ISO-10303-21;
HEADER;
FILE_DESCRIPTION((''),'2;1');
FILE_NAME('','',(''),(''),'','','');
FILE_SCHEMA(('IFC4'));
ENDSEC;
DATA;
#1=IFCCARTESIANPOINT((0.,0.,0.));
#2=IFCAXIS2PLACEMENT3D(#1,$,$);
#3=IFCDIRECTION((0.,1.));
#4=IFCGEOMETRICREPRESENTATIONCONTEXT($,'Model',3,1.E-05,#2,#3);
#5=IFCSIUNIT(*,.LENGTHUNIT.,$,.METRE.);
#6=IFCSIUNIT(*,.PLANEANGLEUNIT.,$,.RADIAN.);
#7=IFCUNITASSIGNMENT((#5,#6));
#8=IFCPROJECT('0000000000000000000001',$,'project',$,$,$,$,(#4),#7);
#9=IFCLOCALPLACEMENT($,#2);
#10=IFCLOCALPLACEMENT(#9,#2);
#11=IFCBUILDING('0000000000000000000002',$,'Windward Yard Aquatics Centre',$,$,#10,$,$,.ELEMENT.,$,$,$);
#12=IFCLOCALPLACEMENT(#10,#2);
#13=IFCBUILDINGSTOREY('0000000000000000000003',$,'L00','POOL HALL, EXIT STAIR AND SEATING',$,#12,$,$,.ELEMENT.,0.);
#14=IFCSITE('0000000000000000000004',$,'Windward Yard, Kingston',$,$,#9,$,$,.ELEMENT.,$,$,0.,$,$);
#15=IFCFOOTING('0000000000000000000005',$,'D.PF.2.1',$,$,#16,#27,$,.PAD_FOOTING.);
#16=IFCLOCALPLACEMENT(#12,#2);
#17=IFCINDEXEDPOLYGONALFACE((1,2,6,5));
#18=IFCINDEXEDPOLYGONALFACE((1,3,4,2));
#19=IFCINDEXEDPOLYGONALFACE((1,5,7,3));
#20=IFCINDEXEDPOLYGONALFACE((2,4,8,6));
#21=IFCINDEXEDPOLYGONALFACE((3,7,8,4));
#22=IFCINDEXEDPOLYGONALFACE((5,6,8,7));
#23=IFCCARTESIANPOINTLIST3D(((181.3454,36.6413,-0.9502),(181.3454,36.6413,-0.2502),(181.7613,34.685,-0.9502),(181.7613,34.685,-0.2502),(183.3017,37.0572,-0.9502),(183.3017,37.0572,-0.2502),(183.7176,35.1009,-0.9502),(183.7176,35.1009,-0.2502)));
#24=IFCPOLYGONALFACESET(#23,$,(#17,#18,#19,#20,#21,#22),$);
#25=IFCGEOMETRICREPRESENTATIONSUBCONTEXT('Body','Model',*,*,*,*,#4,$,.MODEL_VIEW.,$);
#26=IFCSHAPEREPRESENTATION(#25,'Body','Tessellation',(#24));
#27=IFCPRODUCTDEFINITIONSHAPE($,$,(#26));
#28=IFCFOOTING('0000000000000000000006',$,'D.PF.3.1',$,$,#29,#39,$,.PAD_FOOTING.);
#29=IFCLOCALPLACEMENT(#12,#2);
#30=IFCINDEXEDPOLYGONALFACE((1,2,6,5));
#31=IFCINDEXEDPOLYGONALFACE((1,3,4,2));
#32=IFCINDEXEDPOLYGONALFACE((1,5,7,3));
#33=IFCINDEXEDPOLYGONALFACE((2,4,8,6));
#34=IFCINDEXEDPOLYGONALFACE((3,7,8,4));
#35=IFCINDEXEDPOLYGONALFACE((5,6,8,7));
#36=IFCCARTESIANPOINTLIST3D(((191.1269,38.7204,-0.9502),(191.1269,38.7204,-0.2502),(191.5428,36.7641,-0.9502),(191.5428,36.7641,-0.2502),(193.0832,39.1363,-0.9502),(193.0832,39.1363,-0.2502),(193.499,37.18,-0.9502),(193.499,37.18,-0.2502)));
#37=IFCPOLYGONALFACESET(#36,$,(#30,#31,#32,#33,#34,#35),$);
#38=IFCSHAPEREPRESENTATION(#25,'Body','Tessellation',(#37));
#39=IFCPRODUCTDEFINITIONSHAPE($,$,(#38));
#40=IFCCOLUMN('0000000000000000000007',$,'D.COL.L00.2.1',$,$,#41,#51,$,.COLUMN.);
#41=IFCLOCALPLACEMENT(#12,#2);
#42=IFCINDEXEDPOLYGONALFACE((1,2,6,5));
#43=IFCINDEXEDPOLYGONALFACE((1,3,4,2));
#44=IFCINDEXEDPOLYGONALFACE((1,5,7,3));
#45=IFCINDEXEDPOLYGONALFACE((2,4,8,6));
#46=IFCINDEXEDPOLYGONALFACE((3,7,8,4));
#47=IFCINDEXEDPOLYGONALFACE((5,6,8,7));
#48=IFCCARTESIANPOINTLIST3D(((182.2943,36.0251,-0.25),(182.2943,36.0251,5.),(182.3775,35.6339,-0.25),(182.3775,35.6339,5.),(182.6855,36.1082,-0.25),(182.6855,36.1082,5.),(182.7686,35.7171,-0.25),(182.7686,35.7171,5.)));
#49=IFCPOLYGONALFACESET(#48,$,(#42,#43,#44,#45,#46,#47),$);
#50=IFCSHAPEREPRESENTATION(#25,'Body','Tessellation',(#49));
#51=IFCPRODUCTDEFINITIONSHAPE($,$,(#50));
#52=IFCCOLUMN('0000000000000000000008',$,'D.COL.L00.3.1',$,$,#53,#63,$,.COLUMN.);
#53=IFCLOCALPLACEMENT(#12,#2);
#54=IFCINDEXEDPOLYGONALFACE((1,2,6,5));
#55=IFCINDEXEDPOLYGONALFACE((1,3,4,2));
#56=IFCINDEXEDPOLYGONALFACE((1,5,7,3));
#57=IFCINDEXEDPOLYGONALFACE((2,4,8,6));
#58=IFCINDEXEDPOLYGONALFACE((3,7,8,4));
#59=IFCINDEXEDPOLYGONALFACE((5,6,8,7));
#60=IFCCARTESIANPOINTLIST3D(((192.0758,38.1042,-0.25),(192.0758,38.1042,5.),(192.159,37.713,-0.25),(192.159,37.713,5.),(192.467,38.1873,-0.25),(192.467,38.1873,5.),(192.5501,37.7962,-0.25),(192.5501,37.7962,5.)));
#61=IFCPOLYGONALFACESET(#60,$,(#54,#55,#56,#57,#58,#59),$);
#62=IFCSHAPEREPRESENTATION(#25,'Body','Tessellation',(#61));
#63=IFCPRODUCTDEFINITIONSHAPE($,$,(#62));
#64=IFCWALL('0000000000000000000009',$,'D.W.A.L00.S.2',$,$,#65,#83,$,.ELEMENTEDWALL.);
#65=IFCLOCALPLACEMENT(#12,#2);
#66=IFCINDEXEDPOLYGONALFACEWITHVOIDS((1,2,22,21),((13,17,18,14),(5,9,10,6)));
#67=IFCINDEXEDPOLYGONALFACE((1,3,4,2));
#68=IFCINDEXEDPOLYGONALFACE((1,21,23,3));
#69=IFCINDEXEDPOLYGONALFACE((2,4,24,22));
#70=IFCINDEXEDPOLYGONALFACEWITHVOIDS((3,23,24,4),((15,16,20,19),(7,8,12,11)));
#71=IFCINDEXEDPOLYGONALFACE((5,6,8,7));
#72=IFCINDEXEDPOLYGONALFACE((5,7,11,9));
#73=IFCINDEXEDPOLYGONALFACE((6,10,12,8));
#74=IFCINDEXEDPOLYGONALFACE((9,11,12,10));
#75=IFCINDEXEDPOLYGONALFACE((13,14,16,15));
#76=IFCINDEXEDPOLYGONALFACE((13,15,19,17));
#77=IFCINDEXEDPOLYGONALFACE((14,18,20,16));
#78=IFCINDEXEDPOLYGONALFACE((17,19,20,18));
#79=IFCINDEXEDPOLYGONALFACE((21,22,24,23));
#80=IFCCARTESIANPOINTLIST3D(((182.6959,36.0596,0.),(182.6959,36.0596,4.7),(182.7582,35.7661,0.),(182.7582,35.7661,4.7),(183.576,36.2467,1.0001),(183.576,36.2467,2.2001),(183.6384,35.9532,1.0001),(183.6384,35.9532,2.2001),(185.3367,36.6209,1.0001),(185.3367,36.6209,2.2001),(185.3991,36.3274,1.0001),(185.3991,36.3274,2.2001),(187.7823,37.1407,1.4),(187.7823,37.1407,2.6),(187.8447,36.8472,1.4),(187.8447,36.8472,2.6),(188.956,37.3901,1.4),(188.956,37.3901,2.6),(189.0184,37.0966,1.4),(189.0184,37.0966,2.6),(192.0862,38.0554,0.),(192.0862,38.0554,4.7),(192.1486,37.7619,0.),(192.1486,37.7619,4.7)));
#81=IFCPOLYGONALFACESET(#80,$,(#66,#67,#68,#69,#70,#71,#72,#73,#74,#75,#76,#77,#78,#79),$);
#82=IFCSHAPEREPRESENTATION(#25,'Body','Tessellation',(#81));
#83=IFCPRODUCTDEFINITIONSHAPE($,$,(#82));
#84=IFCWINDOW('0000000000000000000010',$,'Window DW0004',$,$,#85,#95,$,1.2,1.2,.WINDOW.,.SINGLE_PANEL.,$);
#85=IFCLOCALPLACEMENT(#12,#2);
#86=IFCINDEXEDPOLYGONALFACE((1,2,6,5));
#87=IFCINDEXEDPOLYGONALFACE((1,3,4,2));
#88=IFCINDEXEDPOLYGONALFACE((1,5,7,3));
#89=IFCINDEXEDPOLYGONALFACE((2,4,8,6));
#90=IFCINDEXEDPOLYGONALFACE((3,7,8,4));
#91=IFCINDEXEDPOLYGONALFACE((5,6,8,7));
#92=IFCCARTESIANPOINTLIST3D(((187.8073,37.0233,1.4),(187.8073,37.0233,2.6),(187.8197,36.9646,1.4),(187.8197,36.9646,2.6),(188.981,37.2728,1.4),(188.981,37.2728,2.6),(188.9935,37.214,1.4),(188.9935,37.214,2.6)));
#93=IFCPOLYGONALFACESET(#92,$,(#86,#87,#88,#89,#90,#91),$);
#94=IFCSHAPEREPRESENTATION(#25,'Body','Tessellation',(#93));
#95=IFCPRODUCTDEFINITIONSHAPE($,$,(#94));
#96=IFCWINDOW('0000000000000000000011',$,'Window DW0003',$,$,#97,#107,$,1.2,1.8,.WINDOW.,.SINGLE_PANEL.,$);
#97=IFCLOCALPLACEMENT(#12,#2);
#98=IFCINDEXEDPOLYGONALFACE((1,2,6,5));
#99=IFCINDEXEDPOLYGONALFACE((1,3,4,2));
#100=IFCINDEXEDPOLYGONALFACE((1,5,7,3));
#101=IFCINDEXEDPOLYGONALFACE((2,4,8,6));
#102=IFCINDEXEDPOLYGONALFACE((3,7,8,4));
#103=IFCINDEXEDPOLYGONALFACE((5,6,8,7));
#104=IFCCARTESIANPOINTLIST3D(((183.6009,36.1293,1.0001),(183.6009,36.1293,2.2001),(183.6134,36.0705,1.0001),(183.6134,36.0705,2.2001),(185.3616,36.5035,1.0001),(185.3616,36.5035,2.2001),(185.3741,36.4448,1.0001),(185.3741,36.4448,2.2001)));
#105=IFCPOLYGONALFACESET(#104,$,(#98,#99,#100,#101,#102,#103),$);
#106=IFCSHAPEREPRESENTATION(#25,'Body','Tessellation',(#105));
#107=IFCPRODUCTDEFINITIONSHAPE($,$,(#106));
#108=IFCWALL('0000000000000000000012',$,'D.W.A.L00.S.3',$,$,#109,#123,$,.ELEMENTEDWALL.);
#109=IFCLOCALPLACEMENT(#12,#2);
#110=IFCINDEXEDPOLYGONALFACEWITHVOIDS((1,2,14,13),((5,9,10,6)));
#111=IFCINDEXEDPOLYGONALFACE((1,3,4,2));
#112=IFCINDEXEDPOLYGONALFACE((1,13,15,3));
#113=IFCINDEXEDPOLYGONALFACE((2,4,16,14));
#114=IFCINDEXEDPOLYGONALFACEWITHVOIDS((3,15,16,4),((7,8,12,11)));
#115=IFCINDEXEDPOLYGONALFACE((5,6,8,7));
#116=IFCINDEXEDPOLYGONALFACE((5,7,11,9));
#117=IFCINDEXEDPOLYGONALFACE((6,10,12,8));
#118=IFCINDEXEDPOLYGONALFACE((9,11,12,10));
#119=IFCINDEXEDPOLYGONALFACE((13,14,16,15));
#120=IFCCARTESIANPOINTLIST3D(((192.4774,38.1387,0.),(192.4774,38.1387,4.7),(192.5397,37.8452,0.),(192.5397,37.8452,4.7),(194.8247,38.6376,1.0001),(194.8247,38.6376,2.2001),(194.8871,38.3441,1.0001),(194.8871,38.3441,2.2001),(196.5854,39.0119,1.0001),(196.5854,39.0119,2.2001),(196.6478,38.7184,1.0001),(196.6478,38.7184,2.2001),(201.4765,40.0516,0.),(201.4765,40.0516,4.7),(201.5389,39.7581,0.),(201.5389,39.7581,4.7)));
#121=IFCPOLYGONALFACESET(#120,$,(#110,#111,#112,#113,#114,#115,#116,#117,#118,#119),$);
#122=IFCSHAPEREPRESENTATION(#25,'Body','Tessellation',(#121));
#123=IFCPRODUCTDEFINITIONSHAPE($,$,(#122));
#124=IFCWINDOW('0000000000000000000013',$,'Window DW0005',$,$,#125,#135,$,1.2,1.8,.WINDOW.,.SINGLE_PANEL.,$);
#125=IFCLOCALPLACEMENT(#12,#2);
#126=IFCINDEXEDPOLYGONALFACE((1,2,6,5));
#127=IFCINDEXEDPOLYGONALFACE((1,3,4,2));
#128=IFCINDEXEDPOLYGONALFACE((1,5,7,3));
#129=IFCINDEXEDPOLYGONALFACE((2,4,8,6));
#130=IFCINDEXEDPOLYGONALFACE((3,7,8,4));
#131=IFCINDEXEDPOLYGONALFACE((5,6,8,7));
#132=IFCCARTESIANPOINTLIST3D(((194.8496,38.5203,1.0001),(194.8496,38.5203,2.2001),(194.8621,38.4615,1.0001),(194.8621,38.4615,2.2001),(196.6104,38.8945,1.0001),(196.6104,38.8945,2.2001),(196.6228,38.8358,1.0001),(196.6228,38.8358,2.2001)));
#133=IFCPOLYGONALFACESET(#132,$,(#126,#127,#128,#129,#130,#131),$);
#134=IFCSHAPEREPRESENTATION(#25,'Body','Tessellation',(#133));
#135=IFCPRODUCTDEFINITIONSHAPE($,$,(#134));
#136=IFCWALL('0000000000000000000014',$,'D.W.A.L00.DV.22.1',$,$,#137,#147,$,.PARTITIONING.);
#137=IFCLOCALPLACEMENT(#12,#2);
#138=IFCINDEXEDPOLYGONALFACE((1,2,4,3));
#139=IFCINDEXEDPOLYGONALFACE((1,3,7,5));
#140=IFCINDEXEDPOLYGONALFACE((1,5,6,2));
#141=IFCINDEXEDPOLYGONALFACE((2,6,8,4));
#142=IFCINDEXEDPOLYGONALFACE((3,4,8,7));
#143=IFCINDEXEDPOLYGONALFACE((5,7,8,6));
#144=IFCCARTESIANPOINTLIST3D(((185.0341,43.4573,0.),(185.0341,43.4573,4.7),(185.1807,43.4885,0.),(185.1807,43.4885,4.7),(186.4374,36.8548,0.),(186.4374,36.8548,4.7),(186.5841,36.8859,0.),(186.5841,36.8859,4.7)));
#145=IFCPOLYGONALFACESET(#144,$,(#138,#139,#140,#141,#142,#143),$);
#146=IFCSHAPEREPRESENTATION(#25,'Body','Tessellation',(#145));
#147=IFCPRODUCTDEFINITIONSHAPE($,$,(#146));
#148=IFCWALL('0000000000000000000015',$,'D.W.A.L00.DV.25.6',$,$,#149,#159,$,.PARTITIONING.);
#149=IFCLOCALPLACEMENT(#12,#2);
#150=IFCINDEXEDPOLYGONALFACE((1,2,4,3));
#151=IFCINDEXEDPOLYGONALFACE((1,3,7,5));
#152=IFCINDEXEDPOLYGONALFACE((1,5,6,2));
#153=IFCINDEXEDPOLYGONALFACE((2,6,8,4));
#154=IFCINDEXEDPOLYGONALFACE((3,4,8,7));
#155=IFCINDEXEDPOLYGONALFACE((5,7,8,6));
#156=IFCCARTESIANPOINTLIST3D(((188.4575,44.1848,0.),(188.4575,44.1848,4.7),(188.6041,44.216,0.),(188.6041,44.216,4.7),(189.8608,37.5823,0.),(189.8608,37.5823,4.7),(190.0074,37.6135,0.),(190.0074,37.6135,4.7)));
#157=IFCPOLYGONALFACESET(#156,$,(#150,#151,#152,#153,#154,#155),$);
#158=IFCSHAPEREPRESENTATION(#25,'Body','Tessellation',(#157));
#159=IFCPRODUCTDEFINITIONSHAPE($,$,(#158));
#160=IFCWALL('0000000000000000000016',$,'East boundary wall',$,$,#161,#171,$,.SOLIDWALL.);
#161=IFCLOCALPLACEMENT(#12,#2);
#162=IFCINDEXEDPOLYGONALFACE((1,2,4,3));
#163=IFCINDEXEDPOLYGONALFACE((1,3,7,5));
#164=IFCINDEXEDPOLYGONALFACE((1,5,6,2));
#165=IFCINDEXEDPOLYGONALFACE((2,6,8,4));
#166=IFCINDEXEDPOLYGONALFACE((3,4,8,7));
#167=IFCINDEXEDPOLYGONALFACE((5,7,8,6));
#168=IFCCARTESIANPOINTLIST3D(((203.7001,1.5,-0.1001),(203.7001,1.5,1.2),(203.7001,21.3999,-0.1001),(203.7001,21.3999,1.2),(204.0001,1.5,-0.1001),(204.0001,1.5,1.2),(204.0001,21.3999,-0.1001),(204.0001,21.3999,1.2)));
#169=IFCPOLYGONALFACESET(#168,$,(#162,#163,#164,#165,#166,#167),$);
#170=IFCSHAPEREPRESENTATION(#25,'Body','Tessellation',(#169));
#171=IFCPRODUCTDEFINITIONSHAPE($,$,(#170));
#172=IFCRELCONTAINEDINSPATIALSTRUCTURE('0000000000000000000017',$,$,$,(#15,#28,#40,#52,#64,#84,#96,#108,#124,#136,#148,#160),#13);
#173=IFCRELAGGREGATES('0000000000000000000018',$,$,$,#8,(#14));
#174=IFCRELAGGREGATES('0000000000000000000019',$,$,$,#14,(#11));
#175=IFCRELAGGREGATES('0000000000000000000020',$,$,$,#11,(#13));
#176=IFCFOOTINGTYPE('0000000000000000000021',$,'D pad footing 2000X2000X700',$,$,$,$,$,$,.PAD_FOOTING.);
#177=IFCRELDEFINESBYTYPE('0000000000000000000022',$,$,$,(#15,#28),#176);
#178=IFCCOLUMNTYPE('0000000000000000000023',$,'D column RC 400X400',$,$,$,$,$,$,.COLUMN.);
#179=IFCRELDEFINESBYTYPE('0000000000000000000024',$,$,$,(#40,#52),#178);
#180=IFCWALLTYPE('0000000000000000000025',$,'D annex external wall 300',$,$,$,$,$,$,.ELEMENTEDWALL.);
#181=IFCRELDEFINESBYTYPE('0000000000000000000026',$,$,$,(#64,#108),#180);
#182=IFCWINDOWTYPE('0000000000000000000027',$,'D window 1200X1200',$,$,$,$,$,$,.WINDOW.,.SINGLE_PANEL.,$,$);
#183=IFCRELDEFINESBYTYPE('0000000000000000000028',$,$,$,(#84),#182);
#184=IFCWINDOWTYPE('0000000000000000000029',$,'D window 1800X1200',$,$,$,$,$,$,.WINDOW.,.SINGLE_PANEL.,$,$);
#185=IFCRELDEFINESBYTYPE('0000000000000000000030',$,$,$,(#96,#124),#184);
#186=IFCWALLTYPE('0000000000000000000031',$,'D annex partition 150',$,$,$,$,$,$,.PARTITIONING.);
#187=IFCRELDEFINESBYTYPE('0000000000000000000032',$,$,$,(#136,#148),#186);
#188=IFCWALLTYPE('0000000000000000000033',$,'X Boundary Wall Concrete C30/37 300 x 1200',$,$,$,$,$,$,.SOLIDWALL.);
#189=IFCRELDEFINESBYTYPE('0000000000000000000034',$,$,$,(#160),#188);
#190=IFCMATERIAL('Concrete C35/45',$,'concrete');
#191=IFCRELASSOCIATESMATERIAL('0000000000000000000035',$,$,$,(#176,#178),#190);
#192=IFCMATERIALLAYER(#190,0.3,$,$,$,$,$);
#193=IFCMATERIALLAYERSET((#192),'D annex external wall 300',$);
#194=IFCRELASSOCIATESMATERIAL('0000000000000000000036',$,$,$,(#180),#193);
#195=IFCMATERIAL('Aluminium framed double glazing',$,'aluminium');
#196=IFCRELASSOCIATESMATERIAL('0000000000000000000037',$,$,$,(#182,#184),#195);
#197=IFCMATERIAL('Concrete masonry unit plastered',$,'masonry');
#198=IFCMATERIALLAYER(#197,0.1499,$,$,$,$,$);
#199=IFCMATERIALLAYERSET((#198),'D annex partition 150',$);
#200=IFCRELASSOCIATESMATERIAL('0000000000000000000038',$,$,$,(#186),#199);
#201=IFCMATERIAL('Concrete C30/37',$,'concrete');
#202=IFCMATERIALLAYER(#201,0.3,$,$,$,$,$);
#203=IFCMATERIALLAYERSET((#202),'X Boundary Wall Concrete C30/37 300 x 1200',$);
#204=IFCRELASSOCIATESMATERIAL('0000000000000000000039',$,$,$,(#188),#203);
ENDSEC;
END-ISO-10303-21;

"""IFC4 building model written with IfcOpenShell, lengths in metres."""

from ifc_helpers import new_model, si_unit, direction, frame, frame_2d, origin, origin_2d, place, context, subcontext, project, spatial, rectangle, extrude, material, layer, layer_set, material_profile, profile_set, type_object, element, fill, save


model = new_model("IFC4")

# Units and contexts
model_context = context("Model", 3, precision=1e-05, world=origin(), true_north=direction((0.0, 1.0)))
body_context = subcontext(model_context, "Body", "Model", "MODEL_VIEW")
ifc_project = project(units=[si_unit("LENGTHUNIT", "METRE"), si_unit("PLANEANGLEUNIT", "RADIAN")], contexts=[model_context])

# Site, building, storey
site_placement = place(None, origin())
site = spatial("IfcSite", under=ifc_project, at=site_placement, Name="Windward Yard, Kingston", CompositionType="ELEMENT", RefElevation=0.0)
building_placement = place(site_placement, origin())
building = spatial("IfcBuilding", under=site, at=building_placement, Name="Windward Yard Aquatics Centre", CompositionType="ELEMENT")
storey_placement = place(building_placement, origin())
storey = spatial("IfcBuildingStorey", under=building, at=storey_placement, Name="L00", Description="POOL HALL, EXIT STAIR AND SEATING", CompositionType="ELEMENT", Elevation=0.0)

# Footings
ifc_material_1 = material(Name="Concrete C35/45", Category="concrete")
footing_type = type_object("IfcFootingType", Name="D pad footing 2000X2000X700", PredefinedType="PAD_FOOTING", material=ifc_material_1)
for number, where, z_axis, x_axis, name in (
    (1, (182.5315, 35.8711, -0.9502), (0.0, 0.0, 1.0), (0.978148, 0.207912, 0.0), "D.PF.2.1"),
    (2, (192.313, 37.9502, -0.9502), (0.0, 0.0, 1.0), (0.978148, 0.207912, 0.0), "D.PF.3.1"),
):
    element("IfcFooting", number, at=place(storey_placement, frame(where, z_axis=z_axis, x_axis=x_axis)), inside=storey, type_object=footing_type, Name=name, PredefinedType="PAD_FOOTING", context=body_context, shape_type="SweptSolid", body=[
        extrude(rectangle(XDim=2.0, YDim=2.0, at=origin_2d()), origin(), (0.0, 0.0, 1.0), 0.7),
    ])

# Columns
ifc_material_profile = material_profile(ifc_material_1, rectangle(XDim=0.3999, YDim=0.3999, at=origin_2d()), Name="RC 400X400")
ifc_profile_set = profile_set([ifc_material_profile], Name="Concrete C35/45")
column_type = type_object("IfcColumnType", Name="D column RC 400X400", PredefinedType="COLUMN", material=ifc_profile_set)
for number, where, z_axis, x_axis, name in (
    (3, (182.5315, 35.8711, -0.25), (0.0, 0.0, 1.0), (0.978148, 0.207912, 0.0), "D.COL.L00.2.1"),
    (4, (192.313, 37.9502, -0.25), (0.0, 0.0, 1.0), (0.978148, 0.207912, 0.0), "D.COL.L00.3.1"),
):
    element("IfcColumn", number, at=place(storey_placement, frame(where, z_axis=z_axis, x_axis=x_axis)), inside=storey, type_object=column_type, Name=name, PredefinedType="COLUMN", context=body_context, shape_type="SweptSolid", body=[
        extrude(rectangle(XDim=0.3999, YDim=0.3999, at=origin_2d()), origin(), (0.0, 0.0, 1.0), 5.25),
    ])

# Wall, openings, windows
ifc_layer_1 = layer(ifc_material_1, 0.3)
ifc_layer_set_1 = layer_set([ifc_layer_1], Name="D annex external wall 300")
wall_type_1 = type_object("IfcWallType", Name="D annex external wall 300", PredefinedType="ELEMENTEDWALL", material=ifc_layer_set_1)
wall_1_placement = place(storey_placement, frame((182.7271, 35.9128, 0.0), z_axis=(0.0, 0.0, 1.0), x_axis=(0.978151, 0.207898, 0.0)))
wall_1 = element("IfcWall", 5, at=wall_1_placement, inside=storey, type_object=wall_type_1, Name="D.W.A.L00.S.2", PredefinedType="ELEMENTEDWALL", context=body_context, shape_type="SweptSolid", body=[
    extrude(rectangle(XDim=9.6001, YDim=0.3, at=frame_2d((4.8, 0.0))), origin(), (0.0, 0.0, 1.0), 4.7),
])
opening_1_placement = place(wall_1_placement, frame((0.8999, 0.0, 1.0)))
opening_1 = element("IfcOpeningElement", 6, at=opening_1_placement, cuts=wall_1, PredefinedType="OPENING", context=body_context, shape_type="SweptSolid", body=[
    extrude(rectangle(XDim=1.8, YDim=1.2, at=frame_2d((0.8999, 0.6001))), frame((0.0, 0.1602, 0.0), z_axis=(0.0, -1.0, 0.0), x_axis=(1.0, 0.0, 0.0)), (0.0, 0.0, 1.0), 0.3201),
])
opening_2_placement = place(wall_1_placement, frame((5.2, 0.0, 1.3999)))
opening_2 = element("IfcOpeningElement", 7, at=opening_2_placement, cuts=wall_1, PredefinedType="OPENING", context=body_context, shape_type="SweptSolid", body=[
    extrude(rectangle(XDim=1.2, YDim=1.2, at=frame_2d((0.6001, 0.6001))), frame((0.0, 0.1602, 0.0), z_axis=(0.0, -1.0, 0.0), x_axis=(1.0, 0.0, 0.0)), (0.0, 0.0, 1.0), 0.3201),
])
ifc_material_2 = material(Name="Aluminium framed double glazing", Category="aluminium")
window_type_1 = type_object("IfcWindowType", Name="D window 1200X1200", PartitioningType="SINGLE_PANEL", PredefinedType="WINDOW", material=ifc_material_2)
window_1_placement = place(opening_2_placement, origin())
window_1 = element("IfcWindow", 8, at=window_1_placement, inside=storey, type_object=window_type_1, Name="Window DW0004", OverallHeight=1.2, OverallWidth=1.2, PartitioningType="SINGLE_PANEL", PredefinedType="WINDOW", context=body_context, shape_type="SweptSolid", body=[
    extrude(rectangle(XDim=1.2, YDim=1.2, at=frame_2d((0.6001, 0.6001))), frame((0.0, 0.03, 0.0), z_axis=(0.0, -1.0, 0.0), x_axis=(1.0, 0.0, 0.0)), (0.0, 0.0, 1.0), 0.0601),
])
fill(opening_2, window_1)
window_type_2 = type_object("IfcWindowType", Name="D window 1800X1200", PartitioningType="SINGLE_PANEL", PredefinedType="WINDOW", material=ifc_material_2)
window_2_placement = place(opening_1_placement, origin())
window_2 = element("IfcWindow", 9, at=window_2_placement, inside=storey, type_object=window_type_2, Name="Window DW0003", OverallHeight=1.2, OverallWidth=1.8, PartitioningType="SINGLE_PANEL", PredefinedType="WINDOW", context=body_context, shape_type="SweptSolid", body=[
    extrude(rectangle(XDim=1.8, YDim=1.2, at=frame_2d((0.8999, 0.6001))), frame((0.0, 0.03, 0.0), z_axis=(0.0, -1.0, 0.0), x_axis=(1.0, 0.0, 0.0)), (0.0, 0.0, 1.0), 0.0601),
])
fill(opening_1, window_2)

# Wall, opening, window
wall_2_placement = place(storey_placement, frame((192.5085, 37.9919, 0.0), z_axis=(0.0, 0.0, 1.0), x_axis=(0.978147, 0.207916, 0.0)))
wall_2 = element("IfcWall", 10, at=wall_2_placement, inside=storey, type_object=wall_type_1, Name="D.W.A.L00.S.3", PredefinedType="ELEMENTEDWALL", context=body_context, shape_type="SweptSolid", body=[
    extrude(rectangle(XDim=9.2002, YDim=0.3, at=frame_2d((4.6001, 0.0))), origin(), (0.0, 0.0, 1.0), 4.7),
])
opening_3_placement = place(wall_2_placement, frame((2.3999, 0.0, 1.0)))
opening_3 = element("IfcOpeningElement", 11, at=opening_3_placement, cuts=wall_2, PredefinedType="OPENING", context=body_context, shape_type="SweptSolid", body=[
    extrude(rectangle(XDim=1.8, YDim=1.2, at=frame_2d((0.8999, 0.6001))), frame((0.0, 0.1602, 0.0), z_axis=(0.0, -1.0, 0.0), x_axis=(1.0, 0.0, 0.0)), (0.0, 0.0, 1.0), 0.3201),
])
window_3_placement = place(opening_3_placement, origin())
window_3 = element("IfcWindow", 12, at=window_3_placement, inside=storey, type_object=window_type_2, Name="Window DW0005", OverallHeight=1.2, OverallWidth=1.8, PartitioningType="SINGLE_PANEL", PredefinedType="WINDOW", context=body_context, shape_type="SweptSolid", body=[
    extrude(rectangle(XDim=1.8, YDim=1.2, at=frame_2d((0.8999, 0.6001))), frame((0.0, 0.03, 0.0), z_axis=(0.0, -1.0, 0.0), x_axis=(1.0, 0.0, 0.0)), (0.0, 0.0, 1.0), 0.0601),
])
fill(opening_3, window_3)

# Walls
ifc_material_3 = material(Name="Concrete masonry unit plastered", Category="masonry")
ifc_layer_2 = layer(ifc_material_3, 0.1499)
ifc_layer_set_2 = layer_set([ifc_layer_2], Name="D annex partition 150")
wall_type_2 = type_object("IfcWallType", Name="D annex partition 150", PredefinedType="PARTITIONING", material=ifc_layer_set_2)
for number, where, z_axis, x_axis, name in (
    (13, (186.5107, 36.8704, 0.0), (0.0, 0.0, 1.0), (-0.207899, 0.97815, 0.0), "D.W.A.L00.DV.22.1"),
    (14, (189.9341, 37.5979, 0.0), (0.0, 0.0, 1.0), (-0.207899, 0.97815, 0.0), "D.W.A.L00.DV.25.6"),
):
    element("IfcWall", number, at=place(storey_placement, frame(where, z_axis=z_axis, x_axis=x_axis)), inside=storey, type_object=wall_type_2, Name=name, PredefinedType="PARTITIONING", context=body_context, shape_type="SweptSolid", body=[
        extrude(rectangle(XDim=6.75, YDim=0.1499, at=frame_2d((3.375, 0.0))), origin(), (0.0, 0.0, 1.0), 4.7),
    ])
ifc_material_4 = material(Name="Concrete C30/37", Category="concrete")
ifc_layer_3 = layer(ifc_material_4, 0.3)
ifc_layer_set_3 = layer_set([ifc_layer_3], Name="X Boundary Wall Concrete C30/37 300 x 1200")
wall_type_3 = type_object("IfcWallType", Name="X Boundary Wall Concrete C30/37 300 x 1200", PredefinedType="SOLIDWALL", material=ifc_layer_set_3)
wall_3_placement = place(storey_placement, frame((203.8501, 1.5, -0.1001), z_axis=(0.0, 0.0, 1.0), x_axis=(0.0, 1.0, 0.0)))
element("IfcWall", 15, at=wall_3_placement, inside=storey, type_object=wall_type_3, Name="East boundary wall", PredefinedType="SOLIDWALL", context=body_context, shape_type="SweptSolid", body=[
    extrude(rectangle(XDim=19.8999, YDim=0.3, at=frame_2d((9.95, 0.0))), origin(), (0.0, 0.0, 1.0), 1.3),
])

save(model, "model.ifc")
